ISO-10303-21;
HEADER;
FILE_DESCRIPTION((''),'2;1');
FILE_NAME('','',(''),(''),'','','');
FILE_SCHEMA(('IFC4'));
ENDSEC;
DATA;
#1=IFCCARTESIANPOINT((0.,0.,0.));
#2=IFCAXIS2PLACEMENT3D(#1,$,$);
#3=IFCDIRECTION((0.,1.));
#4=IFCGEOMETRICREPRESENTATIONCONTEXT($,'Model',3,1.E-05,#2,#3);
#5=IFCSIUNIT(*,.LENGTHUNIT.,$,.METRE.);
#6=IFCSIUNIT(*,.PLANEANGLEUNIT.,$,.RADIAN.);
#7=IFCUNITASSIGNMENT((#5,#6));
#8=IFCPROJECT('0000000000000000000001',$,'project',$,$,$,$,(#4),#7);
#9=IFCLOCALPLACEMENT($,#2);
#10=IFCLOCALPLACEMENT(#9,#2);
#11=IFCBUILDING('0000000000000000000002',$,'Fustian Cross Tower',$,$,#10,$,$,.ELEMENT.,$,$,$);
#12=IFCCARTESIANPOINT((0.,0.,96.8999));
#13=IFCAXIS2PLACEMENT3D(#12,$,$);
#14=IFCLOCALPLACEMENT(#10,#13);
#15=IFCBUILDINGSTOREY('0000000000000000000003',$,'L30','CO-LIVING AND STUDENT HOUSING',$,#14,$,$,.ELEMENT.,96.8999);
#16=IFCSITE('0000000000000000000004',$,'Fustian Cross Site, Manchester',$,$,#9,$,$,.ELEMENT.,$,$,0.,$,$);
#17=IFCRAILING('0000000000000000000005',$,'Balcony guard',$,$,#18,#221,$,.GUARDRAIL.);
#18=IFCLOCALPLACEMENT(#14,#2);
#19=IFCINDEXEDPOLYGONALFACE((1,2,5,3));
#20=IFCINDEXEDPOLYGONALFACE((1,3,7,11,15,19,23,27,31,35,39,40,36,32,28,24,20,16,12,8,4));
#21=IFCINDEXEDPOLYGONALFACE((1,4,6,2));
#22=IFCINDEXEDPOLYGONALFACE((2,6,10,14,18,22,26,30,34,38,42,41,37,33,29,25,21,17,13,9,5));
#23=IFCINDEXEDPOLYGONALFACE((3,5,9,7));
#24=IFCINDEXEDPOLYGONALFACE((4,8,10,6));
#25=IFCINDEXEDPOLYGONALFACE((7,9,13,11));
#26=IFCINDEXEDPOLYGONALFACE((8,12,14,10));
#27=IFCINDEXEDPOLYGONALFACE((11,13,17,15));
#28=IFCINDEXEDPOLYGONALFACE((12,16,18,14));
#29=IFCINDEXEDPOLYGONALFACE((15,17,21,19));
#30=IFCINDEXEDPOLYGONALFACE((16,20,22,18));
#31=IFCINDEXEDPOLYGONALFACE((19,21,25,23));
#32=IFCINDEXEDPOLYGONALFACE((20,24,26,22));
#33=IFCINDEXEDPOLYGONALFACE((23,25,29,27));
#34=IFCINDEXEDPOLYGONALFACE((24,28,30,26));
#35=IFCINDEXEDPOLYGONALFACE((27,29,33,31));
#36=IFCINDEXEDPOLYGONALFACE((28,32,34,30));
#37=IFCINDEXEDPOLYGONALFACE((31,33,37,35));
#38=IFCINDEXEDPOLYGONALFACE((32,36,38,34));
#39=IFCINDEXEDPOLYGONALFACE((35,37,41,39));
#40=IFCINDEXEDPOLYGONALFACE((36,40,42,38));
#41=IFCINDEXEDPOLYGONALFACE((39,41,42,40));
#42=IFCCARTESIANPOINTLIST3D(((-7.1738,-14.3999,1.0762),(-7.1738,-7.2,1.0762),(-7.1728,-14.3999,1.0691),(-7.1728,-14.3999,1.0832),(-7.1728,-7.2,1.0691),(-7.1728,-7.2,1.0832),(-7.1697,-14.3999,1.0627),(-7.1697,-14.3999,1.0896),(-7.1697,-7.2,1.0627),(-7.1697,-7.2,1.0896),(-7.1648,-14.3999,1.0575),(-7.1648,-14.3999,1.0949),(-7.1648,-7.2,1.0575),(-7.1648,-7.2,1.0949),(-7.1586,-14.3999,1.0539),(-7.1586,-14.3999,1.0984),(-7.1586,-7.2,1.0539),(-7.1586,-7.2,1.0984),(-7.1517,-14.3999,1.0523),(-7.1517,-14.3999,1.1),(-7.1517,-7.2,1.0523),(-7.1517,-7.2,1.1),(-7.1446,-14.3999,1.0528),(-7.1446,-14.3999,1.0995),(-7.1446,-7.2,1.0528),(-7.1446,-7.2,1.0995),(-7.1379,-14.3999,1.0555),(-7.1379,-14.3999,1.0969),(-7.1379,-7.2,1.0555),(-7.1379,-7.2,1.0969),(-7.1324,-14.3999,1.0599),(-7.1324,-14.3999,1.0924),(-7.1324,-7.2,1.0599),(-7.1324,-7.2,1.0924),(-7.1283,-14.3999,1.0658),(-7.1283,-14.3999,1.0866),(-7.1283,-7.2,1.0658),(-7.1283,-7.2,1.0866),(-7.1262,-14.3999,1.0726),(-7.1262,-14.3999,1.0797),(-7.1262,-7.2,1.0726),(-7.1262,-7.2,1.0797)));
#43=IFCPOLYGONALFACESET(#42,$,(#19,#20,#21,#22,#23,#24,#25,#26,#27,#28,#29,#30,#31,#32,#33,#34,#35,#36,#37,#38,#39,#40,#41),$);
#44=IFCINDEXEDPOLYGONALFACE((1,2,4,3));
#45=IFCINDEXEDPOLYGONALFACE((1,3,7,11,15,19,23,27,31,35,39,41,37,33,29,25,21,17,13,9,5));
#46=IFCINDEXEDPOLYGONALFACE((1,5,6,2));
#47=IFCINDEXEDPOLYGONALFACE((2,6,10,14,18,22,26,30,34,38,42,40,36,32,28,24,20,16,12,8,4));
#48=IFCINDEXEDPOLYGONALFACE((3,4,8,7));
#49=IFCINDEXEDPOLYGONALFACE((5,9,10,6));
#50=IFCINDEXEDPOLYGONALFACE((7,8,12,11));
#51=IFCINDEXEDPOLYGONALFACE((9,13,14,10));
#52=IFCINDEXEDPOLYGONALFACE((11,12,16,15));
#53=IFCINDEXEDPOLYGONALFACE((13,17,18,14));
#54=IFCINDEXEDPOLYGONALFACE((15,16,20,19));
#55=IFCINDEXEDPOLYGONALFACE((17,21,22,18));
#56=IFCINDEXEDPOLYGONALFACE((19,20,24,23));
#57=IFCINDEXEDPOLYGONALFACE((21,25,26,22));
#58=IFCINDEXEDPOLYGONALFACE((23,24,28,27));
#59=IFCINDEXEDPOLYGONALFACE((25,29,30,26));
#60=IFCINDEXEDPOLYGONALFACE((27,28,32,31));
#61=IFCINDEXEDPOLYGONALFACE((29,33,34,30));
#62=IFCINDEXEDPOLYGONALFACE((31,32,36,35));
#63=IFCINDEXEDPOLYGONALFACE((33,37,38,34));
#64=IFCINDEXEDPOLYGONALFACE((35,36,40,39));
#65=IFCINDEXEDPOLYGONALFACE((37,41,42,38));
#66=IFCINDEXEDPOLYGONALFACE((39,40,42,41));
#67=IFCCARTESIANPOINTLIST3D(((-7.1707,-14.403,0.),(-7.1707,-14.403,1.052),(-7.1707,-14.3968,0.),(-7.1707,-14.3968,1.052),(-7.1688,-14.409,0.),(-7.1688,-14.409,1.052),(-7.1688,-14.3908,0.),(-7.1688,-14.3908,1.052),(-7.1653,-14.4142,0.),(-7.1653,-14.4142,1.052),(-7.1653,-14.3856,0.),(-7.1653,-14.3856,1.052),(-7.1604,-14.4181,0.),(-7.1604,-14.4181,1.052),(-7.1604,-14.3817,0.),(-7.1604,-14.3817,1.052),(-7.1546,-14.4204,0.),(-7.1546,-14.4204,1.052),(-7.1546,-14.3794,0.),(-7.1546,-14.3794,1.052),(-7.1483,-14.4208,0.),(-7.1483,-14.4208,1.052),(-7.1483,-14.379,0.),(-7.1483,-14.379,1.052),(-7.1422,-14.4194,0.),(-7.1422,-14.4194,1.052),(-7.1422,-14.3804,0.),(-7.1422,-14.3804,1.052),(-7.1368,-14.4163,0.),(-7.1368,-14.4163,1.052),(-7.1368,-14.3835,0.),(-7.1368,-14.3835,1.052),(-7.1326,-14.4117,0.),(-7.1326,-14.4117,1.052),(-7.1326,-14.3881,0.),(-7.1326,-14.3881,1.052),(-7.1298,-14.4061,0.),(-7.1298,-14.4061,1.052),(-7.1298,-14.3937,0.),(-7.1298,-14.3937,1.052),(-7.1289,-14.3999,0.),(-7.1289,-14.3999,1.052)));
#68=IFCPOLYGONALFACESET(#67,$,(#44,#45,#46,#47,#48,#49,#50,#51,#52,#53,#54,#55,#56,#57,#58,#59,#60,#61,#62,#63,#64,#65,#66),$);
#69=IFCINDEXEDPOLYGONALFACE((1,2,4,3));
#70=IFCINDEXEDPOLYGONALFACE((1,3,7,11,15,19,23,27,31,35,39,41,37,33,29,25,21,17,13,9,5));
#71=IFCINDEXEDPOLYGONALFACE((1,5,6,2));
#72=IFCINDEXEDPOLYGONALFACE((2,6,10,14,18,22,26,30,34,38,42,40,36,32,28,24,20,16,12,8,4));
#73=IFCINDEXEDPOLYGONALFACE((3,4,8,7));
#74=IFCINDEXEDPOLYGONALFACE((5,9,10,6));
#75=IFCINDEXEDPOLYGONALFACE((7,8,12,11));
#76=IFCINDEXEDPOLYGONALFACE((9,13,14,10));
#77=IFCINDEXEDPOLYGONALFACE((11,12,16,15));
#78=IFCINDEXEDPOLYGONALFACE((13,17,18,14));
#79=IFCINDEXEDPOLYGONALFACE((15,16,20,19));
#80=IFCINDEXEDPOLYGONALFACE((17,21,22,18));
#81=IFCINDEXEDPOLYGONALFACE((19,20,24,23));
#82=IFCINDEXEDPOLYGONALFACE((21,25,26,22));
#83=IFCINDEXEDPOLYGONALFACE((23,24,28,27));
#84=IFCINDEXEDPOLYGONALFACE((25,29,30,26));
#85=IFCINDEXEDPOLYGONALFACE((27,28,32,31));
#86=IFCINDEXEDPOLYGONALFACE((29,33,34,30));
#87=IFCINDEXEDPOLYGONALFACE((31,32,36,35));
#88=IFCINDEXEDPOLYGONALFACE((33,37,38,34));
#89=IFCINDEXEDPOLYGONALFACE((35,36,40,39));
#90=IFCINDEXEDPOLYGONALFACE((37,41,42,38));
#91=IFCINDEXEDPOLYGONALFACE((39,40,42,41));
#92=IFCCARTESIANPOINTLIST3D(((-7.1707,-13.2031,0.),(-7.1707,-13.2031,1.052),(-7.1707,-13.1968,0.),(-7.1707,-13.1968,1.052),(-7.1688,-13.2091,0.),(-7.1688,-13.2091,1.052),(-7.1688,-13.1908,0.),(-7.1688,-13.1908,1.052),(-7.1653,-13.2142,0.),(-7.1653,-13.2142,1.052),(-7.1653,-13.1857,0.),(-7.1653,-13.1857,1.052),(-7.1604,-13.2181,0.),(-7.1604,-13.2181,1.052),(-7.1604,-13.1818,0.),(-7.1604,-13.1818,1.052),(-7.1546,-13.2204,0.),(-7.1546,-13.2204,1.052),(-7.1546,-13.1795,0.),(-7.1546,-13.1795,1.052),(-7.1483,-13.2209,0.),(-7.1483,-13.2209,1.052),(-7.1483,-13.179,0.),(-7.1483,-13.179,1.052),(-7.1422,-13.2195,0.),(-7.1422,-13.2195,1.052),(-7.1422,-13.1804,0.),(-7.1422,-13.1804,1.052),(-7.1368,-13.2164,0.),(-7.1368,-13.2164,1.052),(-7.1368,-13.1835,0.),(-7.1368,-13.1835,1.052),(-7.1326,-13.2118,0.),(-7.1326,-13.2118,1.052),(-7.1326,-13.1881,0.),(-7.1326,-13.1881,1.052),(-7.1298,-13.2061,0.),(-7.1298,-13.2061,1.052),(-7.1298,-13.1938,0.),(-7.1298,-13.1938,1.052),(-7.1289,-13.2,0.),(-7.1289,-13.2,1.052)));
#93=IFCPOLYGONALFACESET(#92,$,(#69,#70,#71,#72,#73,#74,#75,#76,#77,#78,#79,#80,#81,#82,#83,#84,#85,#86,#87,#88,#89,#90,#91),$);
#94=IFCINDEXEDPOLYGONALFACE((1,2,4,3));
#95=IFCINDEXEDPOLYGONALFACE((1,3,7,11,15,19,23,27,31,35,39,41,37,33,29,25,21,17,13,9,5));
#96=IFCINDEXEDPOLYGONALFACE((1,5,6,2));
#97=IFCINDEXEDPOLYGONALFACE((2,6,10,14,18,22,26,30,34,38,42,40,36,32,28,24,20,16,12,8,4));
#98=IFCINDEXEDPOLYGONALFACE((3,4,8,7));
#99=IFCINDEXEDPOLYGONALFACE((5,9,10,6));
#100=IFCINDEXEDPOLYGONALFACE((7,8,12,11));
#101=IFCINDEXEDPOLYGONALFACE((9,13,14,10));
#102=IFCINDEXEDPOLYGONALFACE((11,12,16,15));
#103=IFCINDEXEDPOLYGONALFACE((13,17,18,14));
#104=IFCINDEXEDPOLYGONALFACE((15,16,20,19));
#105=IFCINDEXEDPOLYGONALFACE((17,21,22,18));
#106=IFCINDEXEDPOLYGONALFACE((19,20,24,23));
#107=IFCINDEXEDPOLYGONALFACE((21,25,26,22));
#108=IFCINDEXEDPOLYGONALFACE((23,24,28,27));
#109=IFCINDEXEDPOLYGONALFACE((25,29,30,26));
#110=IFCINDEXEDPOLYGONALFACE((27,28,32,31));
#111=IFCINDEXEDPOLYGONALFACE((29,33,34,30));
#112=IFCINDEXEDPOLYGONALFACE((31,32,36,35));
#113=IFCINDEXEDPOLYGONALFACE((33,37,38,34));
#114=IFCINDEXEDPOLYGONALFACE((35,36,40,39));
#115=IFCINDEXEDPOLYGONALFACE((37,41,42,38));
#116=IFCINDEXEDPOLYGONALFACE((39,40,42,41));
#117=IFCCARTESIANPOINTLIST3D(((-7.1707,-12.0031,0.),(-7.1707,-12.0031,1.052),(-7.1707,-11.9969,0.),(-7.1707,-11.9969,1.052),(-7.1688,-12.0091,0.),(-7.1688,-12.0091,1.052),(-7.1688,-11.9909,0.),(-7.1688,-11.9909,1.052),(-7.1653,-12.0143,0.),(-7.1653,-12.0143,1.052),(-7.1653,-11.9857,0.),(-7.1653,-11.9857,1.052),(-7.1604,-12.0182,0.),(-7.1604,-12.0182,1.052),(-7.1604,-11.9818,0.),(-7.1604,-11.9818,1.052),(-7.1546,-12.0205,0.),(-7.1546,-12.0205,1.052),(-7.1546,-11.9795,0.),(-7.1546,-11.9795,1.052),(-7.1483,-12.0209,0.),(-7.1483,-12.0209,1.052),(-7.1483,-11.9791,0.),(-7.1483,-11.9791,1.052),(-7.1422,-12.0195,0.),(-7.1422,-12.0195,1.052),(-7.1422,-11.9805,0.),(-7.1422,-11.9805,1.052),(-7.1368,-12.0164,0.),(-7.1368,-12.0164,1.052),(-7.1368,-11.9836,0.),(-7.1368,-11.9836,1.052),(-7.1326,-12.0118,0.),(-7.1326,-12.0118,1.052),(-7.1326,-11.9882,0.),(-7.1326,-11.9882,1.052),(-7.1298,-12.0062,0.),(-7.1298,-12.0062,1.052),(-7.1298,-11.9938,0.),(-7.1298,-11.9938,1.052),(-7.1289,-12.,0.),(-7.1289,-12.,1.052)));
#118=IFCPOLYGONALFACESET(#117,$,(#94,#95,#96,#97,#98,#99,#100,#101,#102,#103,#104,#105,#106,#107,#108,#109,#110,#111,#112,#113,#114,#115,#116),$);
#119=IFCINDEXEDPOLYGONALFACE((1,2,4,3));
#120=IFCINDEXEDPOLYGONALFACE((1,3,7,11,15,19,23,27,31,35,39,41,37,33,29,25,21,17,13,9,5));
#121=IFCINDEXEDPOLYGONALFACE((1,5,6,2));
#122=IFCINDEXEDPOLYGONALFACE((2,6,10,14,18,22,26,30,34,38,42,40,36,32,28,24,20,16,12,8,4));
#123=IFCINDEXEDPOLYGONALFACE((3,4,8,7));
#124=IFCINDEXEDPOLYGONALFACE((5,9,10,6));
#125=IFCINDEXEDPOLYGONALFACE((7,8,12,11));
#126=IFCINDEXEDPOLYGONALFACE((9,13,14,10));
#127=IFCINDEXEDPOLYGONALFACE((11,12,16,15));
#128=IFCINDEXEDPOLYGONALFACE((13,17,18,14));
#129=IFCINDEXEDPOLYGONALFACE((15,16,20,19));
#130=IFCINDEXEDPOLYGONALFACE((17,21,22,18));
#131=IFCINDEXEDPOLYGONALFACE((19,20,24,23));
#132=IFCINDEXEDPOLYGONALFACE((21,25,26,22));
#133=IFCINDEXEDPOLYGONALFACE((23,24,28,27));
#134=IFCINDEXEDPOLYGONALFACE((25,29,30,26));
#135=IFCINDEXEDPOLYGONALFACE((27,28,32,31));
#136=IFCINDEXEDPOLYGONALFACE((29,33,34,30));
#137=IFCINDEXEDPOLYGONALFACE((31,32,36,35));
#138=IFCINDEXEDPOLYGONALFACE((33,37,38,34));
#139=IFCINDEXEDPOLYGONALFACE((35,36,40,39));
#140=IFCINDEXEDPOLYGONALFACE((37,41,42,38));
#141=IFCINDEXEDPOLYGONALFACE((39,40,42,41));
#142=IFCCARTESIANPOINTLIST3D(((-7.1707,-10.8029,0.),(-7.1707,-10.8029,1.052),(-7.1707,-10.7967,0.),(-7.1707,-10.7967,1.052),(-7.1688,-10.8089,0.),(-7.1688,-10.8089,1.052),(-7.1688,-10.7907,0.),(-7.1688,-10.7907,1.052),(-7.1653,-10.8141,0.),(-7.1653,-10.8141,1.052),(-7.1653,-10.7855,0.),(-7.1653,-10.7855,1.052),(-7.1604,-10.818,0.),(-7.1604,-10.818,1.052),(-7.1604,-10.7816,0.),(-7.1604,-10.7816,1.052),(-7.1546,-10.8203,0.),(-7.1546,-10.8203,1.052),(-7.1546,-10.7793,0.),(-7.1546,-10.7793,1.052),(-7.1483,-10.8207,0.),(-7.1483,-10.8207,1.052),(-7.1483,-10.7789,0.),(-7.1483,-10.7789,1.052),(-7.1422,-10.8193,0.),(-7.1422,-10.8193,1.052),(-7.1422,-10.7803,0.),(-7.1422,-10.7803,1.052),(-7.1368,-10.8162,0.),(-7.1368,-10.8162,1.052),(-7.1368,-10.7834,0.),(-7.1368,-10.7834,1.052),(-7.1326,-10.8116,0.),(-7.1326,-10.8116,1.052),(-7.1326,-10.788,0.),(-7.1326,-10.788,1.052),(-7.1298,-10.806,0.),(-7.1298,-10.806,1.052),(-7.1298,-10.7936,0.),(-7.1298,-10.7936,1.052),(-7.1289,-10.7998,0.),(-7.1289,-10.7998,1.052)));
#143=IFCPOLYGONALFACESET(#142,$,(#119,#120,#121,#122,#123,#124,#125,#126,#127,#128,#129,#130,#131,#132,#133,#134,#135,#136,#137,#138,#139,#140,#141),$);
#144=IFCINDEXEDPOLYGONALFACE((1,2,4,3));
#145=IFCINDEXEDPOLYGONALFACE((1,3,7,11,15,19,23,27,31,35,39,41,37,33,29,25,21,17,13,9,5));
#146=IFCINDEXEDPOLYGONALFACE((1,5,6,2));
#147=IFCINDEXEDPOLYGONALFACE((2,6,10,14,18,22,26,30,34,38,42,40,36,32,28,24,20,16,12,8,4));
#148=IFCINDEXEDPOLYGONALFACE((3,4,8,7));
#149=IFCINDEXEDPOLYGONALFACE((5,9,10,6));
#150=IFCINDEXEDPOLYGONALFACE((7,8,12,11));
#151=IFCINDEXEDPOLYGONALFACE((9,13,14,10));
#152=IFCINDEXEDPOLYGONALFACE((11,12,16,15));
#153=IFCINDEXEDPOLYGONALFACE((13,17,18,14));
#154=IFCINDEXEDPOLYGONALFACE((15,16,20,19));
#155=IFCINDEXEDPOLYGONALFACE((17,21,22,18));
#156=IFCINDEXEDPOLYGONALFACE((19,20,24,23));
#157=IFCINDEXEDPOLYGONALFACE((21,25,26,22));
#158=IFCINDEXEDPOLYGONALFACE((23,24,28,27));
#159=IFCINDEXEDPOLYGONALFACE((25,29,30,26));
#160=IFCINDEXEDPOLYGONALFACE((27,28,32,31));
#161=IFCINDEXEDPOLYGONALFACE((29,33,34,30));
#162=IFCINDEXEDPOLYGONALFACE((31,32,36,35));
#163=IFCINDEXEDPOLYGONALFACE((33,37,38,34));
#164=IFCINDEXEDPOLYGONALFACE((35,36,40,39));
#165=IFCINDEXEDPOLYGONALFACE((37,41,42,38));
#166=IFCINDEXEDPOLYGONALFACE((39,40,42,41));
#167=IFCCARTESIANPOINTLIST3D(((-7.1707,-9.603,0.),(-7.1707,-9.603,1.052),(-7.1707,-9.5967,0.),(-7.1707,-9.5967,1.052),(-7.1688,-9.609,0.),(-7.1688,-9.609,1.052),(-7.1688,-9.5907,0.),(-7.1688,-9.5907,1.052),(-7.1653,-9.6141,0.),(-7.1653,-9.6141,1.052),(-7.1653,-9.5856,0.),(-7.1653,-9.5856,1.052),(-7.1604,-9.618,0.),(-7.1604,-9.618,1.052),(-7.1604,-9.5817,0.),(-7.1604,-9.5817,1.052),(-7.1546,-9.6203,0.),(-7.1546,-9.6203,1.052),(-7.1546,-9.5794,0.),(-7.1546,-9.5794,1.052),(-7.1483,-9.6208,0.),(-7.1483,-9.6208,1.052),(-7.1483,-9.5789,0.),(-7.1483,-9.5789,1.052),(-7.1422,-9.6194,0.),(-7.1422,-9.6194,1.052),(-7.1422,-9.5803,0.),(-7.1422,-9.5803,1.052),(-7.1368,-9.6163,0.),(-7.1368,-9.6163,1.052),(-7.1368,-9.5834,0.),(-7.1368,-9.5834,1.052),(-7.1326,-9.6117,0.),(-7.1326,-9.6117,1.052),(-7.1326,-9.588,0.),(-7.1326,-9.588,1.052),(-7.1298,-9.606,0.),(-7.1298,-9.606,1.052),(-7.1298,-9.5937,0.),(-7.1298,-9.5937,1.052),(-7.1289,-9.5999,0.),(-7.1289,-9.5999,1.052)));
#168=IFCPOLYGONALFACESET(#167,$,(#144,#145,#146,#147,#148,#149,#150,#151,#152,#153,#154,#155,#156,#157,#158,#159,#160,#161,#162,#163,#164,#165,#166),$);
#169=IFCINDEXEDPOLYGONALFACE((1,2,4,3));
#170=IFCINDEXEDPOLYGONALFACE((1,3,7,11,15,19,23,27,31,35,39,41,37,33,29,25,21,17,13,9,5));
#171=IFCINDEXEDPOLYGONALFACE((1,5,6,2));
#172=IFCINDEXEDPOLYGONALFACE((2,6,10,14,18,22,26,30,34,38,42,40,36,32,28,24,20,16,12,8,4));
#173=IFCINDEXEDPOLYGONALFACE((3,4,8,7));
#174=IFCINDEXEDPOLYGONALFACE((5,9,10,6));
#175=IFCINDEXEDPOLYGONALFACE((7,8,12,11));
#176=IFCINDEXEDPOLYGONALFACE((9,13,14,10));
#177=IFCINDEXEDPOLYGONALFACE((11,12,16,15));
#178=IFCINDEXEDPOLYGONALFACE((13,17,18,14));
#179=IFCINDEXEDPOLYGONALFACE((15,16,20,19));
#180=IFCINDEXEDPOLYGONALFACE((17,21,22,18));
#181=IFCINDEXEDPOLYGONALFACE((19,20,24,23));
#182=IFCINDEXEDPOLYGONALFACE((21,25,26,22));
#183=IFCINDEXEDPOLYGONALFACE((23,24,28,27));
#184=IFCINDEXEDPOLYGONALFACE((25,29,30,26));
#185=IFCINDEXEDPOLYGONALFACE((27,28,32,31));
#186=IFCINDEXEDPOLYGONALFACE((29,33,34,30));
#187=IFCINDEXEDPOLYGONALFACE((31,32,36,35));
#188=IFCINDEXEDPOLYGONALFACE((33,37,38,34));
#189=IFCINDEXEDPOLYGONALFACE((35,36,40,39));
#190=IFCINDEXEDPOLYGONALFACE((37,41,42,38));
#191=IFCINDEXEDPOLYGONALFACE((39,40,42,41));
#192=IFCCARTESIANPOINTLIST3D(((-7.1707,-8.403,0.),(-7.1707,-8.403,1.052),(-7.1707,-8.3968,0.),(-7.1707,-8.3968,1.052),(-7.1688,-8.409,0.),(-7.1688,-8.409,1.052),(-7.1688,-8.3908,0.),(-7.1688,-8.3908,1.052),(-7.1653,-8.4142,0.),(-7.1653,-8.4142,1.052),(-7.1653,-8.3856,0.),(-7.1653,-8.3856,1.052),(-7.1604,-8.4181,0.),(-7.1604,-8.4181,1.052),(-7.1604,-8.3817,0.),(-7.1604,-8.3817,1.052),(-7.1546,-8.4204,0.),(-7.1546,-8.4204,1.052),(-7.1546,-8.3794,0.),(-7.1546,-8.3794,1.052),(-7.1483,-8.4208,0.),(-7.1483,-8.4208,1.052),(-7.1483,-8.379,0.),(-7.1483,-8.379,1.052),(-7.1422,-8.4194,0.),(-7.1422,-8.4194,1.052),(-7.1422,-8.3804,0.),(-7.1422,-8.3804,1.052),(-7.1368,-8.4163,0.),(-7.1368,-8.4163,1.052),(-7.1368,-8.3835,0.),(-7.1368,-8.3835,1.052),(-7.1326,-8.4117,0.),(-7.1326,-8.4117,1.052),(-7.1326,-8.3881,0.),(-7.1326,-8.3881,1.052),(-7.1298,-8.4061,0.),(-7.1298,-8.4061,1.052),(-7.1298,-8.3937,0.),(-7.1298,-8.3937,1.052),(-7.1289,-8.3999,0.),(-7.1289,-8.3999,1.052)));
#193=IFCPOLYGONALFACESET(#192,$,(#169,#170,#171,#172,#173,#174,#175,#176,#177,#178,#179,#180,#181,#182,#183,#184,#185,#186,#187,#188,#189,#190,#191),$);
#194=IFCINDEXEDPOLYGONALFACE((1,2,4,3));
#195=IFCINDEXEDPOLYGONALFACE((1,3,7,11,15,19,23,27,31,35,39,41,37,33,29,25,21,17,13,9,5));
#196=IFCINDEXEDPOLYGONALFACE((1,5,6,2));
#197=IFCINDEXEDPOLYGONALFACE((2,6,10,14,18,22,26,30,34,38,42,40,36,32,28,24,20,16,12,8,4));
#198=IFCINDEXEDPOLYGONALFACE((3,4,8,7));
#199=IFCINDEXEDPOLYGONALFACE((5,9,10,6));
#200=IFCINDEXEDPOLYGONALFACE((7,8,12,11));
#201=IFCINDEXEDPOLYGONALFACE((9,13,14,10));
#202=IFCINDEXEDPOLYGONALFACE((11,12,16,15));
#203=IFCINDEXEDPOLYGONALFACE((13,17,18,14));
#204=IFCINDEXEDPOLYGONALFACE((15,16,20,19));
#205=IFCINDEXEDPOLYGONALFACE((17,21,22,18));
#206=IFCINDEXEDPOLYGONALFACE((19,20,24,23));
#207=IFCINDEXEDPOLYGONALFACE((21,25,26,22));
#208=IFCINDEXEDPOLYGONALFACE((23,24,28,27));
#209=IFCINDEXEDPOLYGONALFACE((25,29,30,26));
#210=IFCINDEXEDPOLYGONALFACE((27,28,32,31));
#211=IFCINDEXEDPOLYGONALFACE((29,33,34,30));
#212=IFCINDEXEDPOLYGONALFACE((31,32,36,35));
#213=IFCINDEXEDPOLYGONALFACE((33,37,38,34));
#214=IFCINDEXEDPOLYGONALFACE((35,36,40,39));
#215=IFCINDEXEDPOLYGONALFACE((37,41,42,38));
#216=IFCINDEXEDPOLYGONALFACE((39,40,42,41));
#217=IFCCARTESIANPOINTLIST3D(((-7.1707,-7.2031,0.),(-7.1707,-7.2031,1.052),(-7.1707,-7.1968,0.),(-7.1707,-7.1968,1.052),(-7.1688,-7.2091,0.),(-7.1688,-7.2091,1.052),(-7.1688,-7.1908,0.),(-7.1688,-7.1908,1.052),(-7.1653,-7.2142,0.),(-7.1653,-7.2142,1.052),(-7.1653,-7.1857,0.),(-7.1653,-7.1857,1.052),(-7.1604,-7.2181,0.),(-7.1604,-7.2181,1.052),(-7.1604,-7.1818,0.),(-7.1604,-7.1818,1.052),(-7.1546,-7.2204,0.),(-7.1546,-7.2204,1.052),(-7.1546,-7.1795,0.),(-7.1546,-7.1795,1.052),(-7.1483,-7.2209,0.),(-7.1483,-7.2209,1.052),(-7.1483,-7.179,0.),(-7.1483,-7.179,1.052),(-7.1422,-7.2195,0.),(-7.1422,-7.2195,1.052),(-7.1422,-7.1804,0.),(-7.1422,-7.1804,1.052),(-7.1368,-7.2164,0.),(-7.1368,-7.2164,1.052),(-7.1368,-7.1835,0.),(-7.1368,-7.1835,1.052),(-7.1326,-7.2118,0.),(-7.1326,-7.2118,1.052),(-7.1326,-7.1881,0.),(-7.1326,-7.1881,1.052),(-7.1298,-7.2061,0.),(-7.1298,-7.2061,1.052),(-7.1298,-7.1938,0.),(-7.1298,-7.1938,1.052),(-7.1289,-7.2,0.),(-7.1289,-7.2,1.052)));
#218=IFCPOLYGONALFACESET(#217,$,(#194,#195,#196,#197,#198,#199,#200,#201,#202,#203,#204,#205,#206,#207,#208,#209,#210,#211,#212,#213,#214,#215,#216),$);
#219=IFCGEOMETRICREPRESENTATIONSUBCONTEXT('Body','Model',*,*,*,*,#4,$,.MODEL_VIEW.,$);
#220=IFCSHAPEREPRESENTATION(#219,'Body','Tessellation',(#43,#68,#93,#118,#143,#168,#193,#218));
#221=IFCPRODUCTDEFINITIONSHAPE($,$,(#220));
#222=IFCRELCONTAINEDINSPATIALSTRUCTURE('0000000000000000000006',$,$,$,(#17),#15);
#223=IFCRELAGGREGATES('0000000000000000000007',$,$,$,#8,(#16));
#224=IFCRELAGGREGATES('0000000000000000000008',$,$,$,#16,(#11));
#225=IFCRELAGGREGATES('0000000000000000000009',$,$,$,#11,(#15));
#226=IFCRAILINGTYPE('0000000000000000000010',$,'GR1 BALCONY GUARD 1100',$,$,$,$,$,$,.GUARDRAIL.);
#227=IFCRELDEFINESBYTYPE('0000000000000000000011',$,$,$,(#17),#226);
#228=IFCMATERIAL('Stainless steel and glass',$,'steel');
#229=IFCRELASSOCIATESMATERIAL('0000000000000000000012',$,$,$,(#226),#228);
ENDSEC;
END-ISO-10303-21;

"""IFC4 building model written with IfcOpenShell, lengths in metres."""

from ifc_helpers import new_model, si_unit, direction, frame, origin, origin_2d, place, context, subcontext, project, spatial, circle, extrude, material, type_object, element, save


model = new_model("IFC4")

# Units and contexts
model_context = context("Model", 3, precision=1e-05, world=origin(), true_north=direction((0.0, 1.0)))
body_context = subcontext(model_context, "Body", "Model", "MODEL_VIEW")
ifc_project = project(units=[si_unit("LENGTHUNIT", "METRE"), si_unit("PLANEANGLEUNIT", "RADIAN")], contexts=[model_context])

# Site, building, storey
site_placement = place(None, origin())
site = spatial("IfcSite", under=ifc_project, at=site_placement, Name="Fustian Cross Site, Manchester", CompositionType="ELEMENT", RefElevation=0.0)
building_placement = place(site_placement, origin())
building = spatial("IfcBuilding", under=site, at=building_placement, Name="Fustian Cross Tower", CompositionType="ELEMENT")
storey_placement = place(building_placement, frame((0.0, 0.0, 96.8999)))
storey = spatial("IfcBuildingStorey", under=building, at=storey_placement, Name="L30", Description="CO-LIVING AND STUDENT HOUSING", CompositionType="ELEMENT", Elevation=96.8999)

# Railing
ifc_material_1 = material(Name="Stainless steel and glass", Category="steel")
railing_type = type_object("IfcRailingType", Name="GR1 BALCONY GUARD 1100", PredefinedType="GUARDRAIL", material=ifc_material_1)
railing_placement = place(storey_placement, frame((-7.1499, -14.3999, 0.0)))
element("IfcRailing", 1, at=railing_placement, inside=storey, type_object=railing_type, Name="Balcony guard", PredefinedType="GUARDRAIL", context=body_context, shape_type="SweptSolid", body=[
    extrude(circle(Radius=0.0239, at=origin_2d()), frame((0.0, 0.0, 1.0762), z_axis=(0.0, 1.0, 0.0), x_axis=(-1.0, 0.0, 0.0)), (0.0, 0.0, 1.0), 7.2),
    extrude(circle(Radius=0.021, at=origin_2d()), origin(), (0.0, 0.0, 1.0), 1.052),
    extrude(circle(Radius=0.021, at=origin_2d()), frame((0.0, 1.2, 0.0)), (0.0, 0.0, 1.0), 1.052),
    extrude(circle(Radius=0.021, at=origin_2d()), frame((0.0, 2.3999, 0.0)), (0.0, 0.0, 1.0), 1.052),
    extrude(circle(Radius=0.021, at=origin_2d()), frame((0.0, 3.6001, 0.0)), (0.0, 0.0, 1.0), 1.052),
    extrude(circle(Radius=0.021, at=origin_2d()), frame((0.0, 4.8, 0.0)), (0.0, 0.0, 1.0), 1.052),
    extrude(circle(Radius=0.021, at=origin_2d()), frame((0.0, 6.0, 0.0)), (0.0, 0.0, 1.0), 1.052),
    extrude(circle(Radius=0.021, at=origin_2d()), frame((0.0, 7.2, 0.0)), (0.0, 0.0, 1.0), 1.052),
])

save(model, "model.ifc")
